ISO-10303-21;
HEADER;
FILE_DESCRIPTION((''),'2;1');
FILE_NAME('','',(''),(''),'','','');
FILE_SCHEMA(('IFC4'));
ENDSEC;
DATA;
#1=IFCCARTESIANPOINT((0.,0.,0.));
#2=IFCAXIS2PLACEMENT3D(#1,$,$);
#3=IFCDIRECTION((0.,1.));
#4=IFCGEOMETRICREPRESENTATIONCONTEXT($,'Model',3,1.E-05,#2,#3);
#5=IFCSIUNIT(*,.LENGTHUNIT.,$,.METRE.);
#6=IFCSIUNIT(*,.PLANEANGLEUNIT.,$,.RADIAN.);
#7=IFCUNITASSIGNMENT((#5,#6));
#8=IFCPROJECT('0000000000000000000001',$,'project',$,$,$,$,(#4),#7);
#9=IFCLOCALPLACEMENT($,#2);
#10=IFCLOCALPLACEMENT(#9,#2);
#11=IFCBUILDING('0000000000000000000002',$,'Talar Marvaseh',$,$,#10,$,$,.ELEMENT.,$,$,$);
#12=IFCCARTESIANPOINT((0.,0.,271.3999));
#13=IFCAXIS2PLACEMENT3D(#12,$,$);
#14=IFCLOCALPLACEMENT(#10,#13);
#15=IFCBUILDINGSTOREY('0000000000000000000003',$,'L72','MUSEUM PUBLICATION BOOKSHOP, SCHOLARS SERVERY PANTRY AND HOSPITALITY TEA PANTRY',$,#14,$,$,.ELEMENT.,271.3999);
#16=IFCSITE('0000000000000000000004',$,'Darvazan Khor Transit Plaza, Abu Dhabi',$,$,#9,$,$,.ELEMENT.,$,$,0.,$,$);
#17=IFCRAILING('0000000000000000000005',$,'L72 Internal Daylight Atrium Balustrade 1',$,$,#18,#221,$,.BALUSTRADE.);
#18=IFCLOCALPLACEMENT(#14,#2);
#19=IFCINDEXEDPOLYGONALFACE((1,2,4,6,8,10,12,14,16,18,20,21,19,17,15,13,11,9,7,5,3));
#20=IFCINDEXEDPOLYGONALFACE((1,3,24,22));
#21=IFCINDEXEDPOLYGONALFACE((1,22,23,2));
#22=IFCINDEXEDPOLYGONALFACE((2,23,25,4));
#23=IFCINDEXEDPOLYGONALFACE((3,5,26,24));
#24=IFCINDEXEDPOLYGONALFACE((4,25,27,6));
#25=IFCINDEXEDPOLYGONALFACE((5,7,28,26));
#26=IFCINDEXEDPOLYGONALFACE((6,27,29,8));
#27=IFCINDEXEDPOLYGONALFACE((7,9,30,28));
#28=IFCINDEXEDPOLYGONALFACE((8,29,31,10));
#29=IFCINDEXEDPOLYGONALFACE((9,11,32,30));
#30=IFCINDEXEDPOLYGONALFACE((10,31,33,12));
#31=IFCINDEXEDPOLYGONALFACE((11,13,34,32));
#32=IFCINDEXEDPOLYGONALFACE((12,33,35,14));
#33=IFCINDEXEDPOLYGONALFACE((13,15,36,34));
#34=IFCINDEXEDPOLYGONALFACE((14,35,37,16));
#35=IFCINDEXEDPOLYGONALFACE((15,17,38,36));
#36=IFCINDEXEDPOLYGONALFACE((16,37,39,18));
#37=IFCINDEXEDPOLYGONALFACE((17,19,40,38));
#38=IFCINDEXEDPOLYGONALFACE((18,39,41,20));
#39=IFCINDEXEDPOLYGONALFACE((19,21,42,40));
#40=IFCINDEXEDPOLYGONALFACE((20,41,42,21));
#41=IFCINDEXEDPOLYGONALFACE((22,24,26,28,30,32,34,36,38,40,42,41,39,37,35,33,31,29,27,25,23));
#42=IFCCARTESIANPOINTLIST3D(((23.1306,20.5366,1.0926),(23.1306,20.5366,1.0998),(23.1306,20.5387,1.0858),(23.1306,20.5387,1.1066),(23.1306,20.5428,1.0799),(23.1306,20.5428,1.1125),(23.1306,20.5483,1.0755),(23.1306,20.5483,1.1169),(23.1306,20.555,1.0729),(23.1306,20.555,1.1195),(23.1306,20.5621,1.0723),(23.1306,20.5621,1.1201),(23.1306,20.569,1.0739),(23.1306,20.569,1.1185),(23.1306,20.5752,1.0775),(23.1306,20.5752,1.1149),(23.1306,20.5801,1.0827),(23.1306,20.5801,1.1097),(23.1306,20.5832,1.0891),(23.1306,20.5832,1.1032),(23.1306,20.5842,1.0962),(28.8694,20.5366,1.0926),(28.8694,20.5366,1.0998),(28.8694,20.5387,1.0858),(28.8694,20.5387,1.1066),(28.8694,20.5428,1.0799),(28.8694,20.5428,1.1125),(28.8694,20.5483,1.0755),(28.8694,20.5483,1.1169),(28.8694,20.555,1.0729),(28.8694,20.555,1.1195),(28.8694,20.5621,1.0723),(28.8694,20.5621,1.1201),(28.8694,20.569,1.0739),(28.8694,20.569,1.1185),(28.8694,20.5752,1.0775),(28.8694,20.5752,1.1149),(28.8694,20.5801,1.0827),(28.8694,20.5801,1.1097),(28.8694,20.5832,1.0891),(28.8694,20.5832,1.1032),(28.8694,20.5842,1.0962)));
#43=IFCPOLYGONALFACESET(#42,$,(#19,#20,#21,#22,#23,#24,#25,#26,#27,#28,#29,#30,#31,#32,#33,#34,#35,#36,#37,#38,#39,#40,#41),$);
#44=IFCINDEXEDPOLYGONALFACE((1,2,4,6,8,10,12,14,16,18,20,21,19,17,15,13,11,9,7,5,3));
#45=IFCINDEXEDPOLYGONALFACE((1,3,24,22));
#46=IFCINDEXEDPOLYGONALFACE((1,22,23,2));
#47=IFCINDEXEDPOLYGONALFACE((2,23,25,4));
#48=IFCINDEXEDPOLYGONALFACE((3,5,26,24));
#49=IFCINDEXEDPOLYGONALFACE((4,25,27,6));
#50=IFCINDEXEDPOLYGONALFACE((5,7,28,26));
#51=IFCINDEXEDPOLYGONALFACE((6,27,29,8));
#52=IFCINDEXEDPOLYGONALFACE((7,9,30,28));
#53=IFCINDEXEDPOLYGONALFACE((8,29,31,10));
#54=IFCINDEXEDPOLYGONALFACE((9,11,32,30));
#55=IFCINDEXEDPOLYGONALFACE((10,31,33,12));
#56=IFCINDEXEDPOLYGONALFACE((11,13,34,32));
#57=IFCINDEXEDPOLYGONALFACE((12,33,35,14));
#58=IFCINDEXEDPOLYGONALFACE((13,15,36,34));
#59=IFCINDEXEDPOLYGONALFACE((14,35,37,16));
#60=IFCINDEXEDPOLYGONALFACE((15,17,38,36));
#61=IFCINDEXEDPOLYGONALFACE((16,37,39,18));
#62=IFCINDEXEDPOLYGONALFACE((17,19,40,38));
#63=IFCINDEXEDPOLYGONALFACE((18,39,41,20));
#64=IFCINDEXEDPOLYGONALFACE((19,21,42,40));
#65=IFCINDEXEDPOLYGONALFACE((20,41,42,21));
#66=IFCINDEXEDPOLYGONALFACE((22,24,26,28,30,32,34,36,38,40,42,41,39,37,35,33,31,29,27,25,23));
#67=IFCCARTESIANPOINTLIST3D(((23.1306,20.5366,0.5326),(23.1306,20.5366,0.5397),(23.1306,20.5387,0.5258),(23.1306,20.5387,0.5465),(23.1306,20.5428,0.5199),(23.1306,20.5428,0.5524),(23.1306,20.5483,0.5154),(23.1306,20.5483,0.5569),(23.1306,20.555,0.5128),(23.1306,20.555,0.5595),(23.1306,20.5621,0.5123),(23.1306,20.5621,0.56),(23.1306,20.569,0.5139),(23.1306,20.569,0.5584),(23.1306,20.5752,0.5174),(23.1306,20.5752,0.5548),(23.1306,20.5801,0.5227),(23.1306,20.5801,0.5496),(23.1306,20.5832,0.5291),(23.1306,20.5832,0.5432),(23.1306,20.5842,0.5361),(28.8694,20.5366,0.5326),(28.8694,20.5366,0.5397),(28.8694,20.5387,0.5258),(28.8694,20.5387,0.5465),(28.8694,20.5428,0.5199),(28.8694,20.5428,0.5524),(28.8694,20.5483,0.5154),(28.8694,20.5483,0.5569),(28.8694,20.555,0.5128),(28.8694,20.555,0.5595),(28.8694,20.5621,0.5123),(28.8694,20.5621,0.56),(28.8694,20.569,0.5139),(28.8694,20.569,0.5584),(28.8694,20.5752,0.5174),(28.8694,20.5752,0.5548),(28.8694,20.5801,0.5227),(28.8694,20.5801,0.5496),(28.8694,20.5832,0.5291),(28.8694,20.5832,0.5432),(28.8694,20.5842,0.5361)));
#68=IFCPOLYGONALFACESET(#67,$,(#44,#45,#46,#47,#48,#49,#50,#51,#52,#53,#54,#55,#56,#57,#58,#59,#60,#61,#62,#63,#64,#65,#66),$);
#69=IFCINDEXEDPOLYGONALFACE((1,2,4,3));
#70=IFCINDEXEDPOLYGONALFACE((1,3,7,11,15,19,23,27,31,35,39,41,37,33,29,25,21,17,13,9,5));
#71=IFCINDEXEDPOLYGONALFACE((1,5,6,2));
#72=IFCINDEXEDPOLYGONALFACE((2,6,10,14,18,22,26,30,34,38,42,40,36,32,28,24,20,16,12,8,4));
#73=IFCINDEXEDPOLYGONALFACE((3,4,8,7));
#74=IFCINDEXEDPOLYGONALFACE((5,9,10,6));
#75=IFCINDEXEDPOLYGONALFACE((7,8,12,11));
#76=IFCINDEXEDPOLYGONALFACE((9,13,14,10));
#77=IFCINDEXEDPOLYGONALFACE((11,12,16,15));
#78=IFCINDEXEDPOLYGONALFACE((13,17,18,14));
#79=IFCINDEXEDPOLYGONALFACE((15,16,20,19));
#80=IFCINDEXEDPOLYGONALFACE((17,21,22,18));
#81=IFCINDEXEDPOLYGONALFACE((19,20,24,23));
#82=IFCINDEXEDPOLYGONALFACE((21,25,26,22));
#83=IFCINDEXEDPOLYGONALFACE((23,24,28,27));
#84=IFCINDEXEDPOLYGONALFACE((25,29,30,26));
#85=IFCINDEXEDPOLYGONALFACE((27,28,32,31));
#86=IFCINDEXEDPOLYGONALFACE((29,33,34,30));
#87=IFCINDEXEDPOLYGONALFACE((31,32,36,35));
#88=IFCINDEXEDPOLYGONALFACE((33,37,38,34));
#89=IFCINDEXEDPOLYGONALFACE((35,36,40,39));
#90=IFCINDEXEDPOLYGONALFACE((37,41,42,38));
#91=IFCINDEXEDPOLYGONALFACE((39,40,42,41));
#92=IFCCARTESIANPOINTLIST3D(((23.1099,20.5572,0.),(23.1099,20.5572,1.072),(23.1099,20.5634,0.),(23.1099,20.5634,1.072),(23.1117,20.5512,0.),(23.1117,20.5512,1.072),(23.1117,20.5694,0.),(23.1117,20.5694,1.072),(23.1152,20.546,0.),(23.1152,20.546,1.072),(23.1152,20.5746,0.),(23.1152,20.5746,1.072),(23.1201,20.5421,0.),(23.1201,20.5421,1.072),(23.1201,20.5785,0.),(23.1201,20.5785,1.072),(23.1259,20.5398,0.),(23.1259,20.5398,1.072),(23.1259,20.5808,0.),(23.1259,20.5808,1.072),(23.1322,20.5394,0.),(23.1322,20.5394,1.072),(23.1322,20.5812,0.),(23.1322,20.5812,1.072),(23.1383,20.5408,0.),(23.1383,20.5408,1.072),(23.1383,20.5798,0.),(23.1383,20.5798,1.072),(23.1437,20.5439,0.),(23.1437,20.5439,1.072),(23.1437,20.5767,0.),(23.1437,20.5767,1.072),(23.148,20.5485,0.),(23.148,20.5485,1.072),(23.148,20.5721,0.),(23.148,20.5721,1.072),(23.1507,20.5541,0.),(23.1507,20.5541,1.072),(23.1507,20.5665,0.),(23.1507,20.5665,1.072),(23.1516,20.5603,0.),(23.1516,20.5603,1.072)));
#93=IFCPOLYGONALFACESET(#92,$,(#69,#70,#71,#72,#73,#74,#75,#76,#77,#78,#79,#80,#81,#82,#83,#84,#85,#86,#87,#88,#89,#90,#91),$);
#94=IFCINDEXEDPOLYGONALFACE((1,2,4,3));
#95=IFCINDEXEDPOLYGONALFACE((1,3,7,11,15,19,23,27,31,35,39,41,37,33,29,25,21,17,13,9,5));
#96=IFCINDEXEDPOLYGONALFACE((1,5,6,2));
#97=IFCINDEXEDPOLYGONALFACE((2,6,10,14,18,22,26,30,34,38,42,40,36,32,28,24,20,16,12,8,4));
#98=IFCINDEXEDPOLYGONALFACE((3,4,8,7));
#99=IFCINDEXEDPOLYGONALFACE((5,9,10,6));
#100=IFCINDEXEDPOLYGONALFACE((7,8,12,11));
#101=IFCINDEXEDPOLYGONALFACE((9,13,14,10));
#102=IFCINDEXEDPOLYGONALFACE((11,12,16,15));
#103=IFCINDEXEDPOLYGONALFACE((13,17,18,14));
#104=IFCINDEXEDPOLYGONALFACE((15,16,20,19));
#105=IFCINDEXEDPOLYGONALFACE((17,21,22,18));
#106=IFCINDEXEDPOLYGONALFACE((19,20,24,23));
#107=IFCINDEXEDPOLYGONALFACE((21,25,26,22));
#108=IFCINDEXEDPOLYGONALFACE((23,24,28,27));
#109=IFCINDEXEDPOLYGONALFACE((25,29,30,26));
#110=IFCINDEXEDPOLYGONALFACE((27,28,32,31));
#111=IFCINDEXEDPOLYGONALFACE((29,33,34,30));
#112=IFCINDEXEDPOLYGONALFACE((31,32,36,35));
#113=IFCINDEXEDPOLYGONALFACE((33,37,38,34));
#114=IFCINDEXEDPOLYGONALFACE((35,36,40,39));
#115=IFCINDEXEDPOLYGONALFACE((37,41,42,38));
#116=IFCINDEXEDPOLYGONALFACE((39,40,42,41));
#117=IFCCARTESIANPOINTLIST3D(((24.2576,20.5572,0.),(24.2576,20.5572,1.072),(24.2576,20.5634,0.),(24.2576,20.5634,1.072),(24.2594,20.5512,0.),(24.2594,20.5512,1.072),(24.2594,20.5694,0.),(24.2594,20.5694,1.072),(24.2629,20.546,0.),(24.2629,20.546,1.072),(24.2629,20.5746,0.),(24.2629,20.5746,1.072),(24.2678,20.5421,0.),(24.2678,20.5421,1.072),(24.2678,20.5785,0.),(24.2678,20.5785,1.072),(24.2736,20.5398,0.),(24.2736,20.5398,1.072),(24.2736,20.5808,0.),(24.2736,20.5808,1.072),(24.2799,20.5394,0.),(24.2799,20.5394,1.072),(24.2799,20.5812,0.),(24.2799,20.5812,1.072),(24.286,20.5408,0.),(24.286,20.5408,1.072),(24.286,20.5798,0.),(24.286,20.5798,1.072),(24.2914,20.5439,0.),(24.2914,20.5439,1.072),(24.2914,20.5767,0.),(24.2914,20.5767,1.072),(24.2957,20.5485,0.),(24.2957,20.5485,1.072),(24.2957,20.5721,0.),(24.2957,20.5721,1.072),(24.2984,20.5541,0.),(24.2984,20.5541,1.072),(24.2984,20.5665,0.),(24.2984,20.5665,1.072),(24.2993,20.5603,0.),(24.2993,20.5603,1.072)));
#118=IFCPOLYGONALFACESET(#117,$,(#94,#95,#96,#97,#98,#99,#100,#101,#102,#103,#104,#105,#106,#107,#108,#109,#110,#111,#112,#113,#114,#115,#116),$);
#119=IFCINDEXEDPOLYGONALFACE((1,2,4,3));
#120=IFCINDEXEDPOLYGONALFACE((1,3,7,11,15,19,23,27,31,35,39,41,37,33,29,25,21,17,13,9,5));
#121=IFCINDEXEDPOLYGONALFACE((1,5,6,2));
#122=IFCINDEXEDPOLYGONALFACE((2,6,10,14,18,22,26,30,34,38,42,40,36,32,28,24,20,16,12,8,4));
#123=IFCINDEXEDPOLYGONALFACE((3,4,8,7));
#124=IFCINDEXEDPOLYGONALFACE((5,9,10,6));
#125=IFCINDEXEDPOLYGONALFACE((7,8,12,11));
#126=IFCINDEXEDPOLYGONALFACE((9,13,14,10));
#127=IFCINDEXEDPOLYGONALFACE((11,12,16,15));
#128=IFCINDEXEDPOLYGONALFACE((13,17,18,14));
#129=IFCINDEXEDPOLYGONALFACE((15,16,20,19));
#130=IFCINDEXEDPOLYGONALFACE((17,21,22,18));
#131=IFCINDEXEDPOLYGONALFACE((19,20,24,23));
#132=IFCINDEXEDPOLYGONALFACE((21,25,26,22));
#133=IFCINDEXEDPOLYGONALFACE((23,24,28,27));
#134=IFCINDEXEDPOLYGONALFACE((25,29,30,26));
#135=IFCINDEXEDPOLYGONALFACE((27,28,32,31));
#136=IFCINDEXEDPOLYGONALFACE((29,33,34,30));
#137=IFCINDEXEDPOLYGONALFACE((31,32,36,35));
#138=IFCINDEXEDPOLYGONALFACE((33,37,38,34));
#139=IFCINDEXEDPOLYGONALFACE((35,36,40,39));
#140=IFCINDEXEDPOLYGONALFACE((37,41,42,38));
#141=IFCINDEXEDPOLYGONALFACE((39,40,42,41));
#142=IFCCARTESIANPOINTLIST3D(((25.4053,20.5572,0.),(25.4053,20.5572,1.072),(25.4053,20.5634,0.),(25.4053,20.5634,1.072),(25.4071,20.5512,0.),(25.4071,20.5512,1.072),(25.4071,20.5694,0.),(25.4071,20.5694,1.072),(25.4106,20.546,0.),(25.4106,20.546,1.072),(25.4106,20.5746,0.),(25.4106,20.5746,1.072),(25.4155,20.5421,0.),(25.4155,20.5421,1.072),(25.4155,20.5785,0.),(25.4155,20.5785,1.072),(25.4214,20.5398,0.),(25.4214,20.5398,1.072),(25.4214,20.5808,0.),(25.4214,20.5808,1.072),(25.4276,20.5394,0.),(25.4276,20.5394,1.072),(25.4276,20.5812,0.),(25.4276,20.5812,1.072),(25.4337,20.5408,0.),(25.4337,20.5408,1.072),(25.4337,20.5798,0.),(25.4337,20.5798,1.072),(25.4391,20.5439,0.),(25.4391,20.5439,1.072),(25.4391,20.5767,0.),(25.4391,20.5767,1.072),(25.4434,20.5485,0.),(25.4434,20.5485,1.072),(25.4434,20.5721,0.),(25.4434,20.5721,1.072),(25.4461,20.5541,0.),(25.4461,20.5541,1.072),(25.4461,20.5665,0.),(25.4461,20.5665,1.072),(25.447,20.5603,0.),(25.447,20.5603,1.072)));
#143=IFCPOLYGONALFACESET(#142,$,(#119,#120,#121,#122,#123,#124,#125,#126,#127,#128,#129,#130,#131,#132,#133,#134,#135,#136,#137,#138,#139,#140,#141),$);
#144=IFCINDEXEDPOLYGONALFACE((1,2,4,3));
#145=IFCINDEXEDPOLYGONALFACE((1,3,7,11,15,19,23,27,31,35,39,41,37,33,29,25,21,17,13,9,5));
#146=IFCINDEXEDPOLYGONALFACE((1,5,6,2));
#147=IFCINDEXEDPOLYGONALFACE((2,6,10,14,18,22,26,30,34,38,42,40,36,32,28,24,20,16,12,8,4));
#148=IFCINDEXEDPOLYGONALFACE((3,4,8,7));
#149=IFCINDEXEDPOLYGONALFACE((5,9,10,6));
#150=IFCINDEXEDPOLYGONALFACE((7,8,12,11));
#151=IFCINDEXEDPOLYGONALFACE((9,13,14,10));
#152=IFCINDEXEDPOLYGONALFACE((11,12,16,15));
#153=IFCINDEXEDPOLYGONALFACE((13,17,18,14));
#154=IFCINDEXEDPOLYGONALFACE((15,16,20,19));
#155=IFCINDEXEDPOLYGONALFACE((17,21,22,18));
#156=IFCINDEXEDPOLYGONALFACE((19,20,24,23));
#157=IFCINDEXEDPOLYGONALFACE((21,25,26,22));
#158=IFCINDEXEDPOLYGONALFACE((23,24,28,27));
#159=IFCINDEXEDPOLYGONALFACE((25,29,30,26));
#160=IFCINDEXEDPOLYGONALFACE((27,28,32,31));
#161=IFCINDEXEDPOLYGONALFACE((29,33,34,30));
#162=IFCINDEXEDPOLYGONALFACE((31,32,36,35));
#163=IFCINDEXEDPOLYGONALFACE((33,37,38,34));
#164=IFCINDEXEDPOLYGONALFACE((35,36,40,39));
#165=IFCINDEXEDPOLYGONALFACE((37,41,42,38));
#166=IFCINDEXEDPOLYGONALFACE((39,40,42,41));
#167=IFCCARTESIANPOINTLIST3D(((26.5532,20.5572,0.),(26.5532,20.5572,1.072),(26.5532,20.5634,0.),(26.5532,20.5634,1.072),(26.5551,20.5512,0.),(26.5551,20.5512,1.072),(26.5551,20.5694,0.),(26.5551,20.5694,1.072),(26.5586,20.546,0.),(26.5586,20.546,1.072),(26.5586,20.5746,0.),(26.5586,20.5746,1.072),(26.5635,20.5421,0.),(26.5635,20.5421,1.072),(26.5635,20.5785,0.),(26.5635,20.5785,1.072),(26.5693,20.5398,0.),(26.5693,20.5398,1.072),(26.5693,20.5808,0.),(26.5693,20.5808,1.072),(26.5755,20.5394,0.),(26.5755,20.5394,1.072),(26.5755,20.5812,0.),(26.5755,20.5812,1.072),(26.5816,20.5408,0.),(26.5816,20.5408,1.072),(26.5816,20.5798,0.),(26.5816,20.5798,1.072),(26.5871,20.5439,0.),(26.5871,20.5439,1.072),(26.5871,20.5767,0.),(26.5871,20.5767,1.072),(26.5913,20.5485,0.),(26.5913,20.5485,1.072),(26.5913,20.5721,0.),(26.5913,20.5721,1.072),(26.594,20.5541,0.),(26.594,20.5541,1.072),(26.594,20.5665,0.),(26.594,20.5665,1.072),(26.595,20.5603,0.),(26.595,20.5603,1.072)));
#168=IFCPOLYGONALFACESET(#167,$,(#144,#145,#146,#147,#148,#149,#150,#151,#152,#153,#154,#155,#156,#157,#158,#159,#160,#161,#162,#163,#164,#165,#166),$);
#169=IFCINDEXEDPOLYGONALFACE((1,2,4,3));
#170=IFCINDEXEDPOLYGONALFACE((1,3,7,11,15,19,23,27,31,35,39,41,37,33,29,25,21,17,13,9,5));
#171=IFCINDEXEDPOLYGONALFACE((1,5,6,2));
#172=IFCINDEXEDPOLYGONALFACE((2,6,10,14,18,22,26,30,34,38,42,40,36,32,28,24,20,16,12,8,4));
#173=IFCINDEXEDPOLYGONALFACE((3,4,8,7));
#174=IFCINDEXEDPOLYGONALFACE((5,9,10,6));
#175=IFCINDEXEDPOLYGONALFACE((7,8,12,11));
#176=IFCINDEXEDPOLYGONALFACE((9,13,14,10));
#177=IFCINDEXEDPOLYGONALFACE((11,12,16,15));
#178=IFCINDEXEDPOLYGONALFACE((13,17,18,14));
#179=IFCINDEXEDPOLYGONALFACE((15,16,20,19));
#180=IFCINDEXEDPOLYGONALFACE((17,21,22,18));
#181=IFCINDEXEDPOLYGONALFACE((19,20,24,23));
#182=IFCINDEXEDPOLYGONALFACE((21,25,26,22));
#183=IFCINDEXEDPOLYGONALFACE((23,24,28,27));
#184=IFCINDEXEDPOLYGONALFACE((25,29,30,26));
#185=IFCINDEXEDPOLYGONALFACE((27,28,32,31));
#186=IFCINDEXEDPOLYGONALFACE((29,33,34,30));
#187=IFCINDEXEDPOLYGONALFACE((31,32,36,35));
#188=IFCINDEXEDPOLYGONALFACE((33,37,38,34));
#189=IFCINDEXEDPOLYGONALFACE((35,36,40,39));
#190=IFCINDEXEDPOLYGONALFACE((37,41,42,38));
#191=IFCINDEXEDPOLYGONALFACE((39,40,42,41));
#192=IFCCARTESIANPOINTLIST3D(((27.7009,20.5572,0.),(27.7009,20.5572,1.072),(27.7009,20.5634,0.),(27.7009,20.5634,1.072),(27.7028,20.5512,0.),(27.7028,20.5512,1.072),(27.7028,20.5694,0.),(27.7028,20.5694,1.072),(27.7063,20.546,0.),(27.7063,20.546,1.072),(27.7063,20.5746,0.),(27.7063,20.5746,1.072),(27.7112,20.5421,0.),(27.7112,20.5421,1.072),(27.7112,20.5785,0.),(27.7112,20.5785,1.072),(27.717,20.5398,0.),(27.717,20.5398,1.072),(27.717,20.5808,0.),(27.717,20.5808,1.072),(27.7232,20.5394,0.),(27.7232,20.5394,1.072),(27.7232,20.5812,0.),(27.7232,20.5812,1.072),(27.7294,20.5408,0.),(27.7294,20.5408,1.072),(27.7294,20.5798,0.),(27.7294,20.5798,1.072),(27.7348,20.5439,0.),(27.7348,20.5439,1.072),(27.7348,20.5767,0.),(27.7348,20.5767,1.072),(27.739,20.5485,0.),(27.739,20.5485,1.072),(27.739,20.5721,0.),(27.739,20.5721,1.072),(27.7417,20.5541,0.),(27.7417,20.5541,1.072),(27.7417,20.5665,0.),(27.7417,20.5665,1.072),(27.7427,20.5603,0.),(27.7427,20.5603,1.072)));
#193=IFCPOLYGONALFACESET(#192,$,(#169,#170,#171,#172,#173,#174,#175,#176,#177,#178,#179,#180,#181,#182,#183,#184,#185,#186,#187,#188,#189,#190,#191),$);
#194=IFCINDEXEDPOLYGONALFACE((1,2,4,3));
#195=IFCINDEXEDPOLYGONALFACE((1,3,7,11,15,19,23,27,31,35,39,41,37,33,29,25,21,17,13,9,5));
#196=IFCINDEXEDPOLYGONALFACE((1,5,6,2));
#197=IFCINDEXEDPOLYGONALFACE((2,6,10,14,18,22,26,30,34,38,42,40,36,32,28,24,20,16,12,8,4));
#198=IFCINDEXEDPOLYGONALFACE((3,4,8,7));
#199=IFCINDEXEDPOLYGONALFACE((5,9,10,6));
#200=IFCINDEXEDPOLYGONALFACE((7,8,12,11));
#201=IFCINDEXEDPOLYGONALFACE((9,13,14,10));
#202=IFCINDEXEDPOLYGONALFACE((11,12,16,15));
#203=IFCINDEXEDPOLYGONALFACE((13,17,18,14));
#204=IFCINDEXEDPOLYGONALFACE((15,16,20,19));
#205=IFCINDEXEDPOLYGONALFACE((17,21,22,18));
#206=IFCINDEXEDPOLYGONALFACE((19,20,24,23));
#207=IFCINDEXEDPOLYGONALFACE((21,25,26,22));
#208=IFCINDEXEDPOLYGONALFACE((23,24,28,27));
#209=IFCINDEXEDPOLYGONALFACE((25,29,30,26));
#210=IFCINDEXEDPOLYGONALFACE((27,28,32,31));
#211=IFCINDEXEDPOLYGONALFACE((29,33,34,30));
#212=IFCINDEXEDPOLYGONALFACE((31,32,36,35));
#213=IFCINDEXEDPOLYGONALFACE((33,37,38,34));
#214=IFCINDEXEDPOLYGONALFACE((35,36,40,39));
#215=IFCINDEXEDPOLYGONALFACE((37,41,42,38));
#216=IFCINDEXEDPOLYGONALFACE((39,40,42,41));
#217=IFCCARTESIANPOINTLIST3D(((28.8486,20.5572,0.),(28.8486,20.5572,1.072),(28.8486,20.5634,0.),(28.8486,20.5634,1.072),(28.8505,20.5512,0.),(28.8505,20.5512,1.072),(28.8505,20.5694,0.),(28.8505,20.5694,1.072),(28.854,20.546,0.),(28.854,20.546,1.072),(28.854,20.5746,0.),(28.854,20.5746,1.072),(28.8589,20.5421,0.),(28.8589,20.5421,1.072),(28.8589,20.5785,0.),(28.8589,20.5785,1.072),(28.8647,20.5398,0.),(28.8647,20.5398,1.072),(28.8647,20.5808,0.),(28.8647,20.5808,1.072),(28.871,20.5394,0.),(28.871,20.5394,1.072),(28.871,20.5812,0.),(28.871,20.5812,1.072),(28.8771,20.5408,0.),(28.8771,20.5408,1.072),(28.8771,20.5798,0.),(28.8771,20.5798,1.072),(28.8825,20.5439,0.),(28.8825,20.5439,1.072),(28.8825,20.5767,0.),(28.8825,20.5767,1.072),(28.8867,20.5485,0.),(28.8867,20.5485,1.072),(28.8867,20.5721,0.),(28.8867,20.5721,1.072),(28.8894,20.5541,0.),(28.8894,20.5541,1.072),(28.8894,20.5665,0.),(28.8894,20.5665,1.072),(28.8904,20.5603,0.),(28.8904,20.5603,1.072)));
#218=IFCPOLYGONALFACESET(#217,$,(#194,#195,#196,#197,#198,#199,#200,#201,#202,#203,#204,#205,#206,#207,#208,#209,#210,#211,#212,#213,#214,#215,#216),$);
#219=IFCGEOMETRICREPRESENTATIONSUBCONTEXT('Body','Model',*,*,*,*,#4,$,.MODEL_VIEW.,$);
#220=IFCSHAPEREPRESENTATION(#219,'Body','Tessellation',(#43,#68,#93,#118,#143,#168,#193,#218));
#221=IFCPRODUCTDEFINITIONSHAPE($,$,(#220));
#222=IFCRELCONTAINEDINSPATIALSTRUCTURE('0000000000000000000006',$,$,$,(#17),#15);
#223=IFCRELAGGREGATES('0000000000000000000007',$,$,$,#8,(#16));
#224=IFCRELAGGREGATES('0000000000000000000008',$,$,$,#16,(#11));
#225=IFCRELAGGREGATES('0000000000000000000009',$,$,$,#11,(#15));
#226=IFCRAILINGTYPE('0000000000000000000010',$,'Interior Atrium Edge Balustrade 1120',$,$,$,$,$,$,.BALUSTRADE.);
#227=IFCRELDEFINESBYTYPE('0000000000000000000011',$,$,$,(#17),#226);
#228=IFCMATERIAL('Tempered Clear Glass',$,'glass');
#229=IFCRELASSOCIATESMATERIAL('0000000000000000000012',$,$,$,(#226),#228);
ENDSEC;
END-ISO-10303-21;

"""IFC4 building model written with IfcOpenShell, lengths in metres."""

from ifc_helpers import new_model, si_unit, direction, frame, origin, origin_2d, place, context, subcontext, project, spatial, circle, extrude, material, type_object, element, save


model = new_model("IFC4")

# Units and contexts
model_context = context("Model", 3, precision=1e-05, world=origin(), true_north=direction((0.0, 1.0)))
body_context = subcontext(model_context, "Body", "Model", "MODEL_VIEW")
ifc_project = project(units=[si_unit("LENGTHUNIT", "METRE"), si_unit("PLANEANGLEUNIT", "RADIAN")], contexts=[model_context])

# Site, building, storey
site_placement = place(None, origin())
site = spatial("IfcSite", under=ifc_project, at=site_placement, Name="Darvazan Khor Transit Plaza, Abu Dhabi", CompositionType="ELEMENT", RefElevation=0.0)
building_placement = place(site_placement, origin())
building = spatial("IfcBuilding", under=site, at=building_placement, Name="Talar Marvaseh", CompositionType="ELEMENT")
storey_placement = place(building_placement, frame((0.0, 0.0, 271.3999)))
storey = spatial("IfcBuildingStorey", under=building, at=storey_placement, Name="L72", Description="MUSEUM PUBLICATION BOOKSHOP, SCHOLARS SERVERY PANTRY AND HOSPITALITY TEA PANTRY", CompositionType="ELEMENT", Elevation=271.3999)

# Railing
ifc_material_1 = material(Name="Tempered Clear Glass", Category="glass")
railing_type = type_object("IfcRailingType", Name="Interior Atrium Edge Balustrade 1120", PredefinedType="BALUSTRADE", material=ifc_material_1)
railing_1_placement = place(storey_placement, frame((23.1306, 20.5603, 0.0)))
element("IfcRailing", 1, at=railing_1_placement, inside=storey, type_object=railing_type, Name="L72 Internal Daylight Atrium Balustrade 1", PredefinedType="BALUSTRADE", context=body_context, shape_type="SweptSolid", body=[
    extrude(circle(Radius=0.0239, at=origin_2d()), frame((0.0, 0.0, 1.0962), z_axis=(1.0, 0.0, 0.0), x_axis=(0.0, 1.0, 0.0)), (0.0, 0.0, 1.0), 5.7388),
    extrude(circle(Radius=0.0239, at=origin_2d()), frame((0.0, 0.0, 0.5361), z_axis=(1.0, 0.0, 0.0), x_axis=(0.0, 1.0, 0.0)), (0.0, 0.0, 1.0), 5.7388),
    extrude(circle(Radius=0.021, at=origin_2d()), origin(), (0.0, 0.0, 1.0), 1.072),
    extrude(circle(Radius=0.021, at=origin_2d()), frame((1.1477, 0.0, 0.0)), (0.0, 0.0, 1.0), 1.072),
    extrude(circle(Radius=0.021, at=origin_2d()), frame((2.2954, 0.0, 0.0)), (0.0, 0.0, 1.0), 1.072),
    extrude(circle(Radius=0.021, at=origin_2d()), frame((3.4434, 0.0, 0.0)), (0.0, 0.0, 1.0), 1.072),
    extrude(circle(Radius=0.021, at=origin_2d()), frame((4.5911, 0.0, 0.0)), (0.0, 0.0, 1.0), 1.072),
    extrude(circle(Radius=0.021, at=origin_2d()), frame((5.7388, 0.0, 0.0)), (0.0, 0.0, 1.0), 1.072),
])

save(model, "model.ifc")
